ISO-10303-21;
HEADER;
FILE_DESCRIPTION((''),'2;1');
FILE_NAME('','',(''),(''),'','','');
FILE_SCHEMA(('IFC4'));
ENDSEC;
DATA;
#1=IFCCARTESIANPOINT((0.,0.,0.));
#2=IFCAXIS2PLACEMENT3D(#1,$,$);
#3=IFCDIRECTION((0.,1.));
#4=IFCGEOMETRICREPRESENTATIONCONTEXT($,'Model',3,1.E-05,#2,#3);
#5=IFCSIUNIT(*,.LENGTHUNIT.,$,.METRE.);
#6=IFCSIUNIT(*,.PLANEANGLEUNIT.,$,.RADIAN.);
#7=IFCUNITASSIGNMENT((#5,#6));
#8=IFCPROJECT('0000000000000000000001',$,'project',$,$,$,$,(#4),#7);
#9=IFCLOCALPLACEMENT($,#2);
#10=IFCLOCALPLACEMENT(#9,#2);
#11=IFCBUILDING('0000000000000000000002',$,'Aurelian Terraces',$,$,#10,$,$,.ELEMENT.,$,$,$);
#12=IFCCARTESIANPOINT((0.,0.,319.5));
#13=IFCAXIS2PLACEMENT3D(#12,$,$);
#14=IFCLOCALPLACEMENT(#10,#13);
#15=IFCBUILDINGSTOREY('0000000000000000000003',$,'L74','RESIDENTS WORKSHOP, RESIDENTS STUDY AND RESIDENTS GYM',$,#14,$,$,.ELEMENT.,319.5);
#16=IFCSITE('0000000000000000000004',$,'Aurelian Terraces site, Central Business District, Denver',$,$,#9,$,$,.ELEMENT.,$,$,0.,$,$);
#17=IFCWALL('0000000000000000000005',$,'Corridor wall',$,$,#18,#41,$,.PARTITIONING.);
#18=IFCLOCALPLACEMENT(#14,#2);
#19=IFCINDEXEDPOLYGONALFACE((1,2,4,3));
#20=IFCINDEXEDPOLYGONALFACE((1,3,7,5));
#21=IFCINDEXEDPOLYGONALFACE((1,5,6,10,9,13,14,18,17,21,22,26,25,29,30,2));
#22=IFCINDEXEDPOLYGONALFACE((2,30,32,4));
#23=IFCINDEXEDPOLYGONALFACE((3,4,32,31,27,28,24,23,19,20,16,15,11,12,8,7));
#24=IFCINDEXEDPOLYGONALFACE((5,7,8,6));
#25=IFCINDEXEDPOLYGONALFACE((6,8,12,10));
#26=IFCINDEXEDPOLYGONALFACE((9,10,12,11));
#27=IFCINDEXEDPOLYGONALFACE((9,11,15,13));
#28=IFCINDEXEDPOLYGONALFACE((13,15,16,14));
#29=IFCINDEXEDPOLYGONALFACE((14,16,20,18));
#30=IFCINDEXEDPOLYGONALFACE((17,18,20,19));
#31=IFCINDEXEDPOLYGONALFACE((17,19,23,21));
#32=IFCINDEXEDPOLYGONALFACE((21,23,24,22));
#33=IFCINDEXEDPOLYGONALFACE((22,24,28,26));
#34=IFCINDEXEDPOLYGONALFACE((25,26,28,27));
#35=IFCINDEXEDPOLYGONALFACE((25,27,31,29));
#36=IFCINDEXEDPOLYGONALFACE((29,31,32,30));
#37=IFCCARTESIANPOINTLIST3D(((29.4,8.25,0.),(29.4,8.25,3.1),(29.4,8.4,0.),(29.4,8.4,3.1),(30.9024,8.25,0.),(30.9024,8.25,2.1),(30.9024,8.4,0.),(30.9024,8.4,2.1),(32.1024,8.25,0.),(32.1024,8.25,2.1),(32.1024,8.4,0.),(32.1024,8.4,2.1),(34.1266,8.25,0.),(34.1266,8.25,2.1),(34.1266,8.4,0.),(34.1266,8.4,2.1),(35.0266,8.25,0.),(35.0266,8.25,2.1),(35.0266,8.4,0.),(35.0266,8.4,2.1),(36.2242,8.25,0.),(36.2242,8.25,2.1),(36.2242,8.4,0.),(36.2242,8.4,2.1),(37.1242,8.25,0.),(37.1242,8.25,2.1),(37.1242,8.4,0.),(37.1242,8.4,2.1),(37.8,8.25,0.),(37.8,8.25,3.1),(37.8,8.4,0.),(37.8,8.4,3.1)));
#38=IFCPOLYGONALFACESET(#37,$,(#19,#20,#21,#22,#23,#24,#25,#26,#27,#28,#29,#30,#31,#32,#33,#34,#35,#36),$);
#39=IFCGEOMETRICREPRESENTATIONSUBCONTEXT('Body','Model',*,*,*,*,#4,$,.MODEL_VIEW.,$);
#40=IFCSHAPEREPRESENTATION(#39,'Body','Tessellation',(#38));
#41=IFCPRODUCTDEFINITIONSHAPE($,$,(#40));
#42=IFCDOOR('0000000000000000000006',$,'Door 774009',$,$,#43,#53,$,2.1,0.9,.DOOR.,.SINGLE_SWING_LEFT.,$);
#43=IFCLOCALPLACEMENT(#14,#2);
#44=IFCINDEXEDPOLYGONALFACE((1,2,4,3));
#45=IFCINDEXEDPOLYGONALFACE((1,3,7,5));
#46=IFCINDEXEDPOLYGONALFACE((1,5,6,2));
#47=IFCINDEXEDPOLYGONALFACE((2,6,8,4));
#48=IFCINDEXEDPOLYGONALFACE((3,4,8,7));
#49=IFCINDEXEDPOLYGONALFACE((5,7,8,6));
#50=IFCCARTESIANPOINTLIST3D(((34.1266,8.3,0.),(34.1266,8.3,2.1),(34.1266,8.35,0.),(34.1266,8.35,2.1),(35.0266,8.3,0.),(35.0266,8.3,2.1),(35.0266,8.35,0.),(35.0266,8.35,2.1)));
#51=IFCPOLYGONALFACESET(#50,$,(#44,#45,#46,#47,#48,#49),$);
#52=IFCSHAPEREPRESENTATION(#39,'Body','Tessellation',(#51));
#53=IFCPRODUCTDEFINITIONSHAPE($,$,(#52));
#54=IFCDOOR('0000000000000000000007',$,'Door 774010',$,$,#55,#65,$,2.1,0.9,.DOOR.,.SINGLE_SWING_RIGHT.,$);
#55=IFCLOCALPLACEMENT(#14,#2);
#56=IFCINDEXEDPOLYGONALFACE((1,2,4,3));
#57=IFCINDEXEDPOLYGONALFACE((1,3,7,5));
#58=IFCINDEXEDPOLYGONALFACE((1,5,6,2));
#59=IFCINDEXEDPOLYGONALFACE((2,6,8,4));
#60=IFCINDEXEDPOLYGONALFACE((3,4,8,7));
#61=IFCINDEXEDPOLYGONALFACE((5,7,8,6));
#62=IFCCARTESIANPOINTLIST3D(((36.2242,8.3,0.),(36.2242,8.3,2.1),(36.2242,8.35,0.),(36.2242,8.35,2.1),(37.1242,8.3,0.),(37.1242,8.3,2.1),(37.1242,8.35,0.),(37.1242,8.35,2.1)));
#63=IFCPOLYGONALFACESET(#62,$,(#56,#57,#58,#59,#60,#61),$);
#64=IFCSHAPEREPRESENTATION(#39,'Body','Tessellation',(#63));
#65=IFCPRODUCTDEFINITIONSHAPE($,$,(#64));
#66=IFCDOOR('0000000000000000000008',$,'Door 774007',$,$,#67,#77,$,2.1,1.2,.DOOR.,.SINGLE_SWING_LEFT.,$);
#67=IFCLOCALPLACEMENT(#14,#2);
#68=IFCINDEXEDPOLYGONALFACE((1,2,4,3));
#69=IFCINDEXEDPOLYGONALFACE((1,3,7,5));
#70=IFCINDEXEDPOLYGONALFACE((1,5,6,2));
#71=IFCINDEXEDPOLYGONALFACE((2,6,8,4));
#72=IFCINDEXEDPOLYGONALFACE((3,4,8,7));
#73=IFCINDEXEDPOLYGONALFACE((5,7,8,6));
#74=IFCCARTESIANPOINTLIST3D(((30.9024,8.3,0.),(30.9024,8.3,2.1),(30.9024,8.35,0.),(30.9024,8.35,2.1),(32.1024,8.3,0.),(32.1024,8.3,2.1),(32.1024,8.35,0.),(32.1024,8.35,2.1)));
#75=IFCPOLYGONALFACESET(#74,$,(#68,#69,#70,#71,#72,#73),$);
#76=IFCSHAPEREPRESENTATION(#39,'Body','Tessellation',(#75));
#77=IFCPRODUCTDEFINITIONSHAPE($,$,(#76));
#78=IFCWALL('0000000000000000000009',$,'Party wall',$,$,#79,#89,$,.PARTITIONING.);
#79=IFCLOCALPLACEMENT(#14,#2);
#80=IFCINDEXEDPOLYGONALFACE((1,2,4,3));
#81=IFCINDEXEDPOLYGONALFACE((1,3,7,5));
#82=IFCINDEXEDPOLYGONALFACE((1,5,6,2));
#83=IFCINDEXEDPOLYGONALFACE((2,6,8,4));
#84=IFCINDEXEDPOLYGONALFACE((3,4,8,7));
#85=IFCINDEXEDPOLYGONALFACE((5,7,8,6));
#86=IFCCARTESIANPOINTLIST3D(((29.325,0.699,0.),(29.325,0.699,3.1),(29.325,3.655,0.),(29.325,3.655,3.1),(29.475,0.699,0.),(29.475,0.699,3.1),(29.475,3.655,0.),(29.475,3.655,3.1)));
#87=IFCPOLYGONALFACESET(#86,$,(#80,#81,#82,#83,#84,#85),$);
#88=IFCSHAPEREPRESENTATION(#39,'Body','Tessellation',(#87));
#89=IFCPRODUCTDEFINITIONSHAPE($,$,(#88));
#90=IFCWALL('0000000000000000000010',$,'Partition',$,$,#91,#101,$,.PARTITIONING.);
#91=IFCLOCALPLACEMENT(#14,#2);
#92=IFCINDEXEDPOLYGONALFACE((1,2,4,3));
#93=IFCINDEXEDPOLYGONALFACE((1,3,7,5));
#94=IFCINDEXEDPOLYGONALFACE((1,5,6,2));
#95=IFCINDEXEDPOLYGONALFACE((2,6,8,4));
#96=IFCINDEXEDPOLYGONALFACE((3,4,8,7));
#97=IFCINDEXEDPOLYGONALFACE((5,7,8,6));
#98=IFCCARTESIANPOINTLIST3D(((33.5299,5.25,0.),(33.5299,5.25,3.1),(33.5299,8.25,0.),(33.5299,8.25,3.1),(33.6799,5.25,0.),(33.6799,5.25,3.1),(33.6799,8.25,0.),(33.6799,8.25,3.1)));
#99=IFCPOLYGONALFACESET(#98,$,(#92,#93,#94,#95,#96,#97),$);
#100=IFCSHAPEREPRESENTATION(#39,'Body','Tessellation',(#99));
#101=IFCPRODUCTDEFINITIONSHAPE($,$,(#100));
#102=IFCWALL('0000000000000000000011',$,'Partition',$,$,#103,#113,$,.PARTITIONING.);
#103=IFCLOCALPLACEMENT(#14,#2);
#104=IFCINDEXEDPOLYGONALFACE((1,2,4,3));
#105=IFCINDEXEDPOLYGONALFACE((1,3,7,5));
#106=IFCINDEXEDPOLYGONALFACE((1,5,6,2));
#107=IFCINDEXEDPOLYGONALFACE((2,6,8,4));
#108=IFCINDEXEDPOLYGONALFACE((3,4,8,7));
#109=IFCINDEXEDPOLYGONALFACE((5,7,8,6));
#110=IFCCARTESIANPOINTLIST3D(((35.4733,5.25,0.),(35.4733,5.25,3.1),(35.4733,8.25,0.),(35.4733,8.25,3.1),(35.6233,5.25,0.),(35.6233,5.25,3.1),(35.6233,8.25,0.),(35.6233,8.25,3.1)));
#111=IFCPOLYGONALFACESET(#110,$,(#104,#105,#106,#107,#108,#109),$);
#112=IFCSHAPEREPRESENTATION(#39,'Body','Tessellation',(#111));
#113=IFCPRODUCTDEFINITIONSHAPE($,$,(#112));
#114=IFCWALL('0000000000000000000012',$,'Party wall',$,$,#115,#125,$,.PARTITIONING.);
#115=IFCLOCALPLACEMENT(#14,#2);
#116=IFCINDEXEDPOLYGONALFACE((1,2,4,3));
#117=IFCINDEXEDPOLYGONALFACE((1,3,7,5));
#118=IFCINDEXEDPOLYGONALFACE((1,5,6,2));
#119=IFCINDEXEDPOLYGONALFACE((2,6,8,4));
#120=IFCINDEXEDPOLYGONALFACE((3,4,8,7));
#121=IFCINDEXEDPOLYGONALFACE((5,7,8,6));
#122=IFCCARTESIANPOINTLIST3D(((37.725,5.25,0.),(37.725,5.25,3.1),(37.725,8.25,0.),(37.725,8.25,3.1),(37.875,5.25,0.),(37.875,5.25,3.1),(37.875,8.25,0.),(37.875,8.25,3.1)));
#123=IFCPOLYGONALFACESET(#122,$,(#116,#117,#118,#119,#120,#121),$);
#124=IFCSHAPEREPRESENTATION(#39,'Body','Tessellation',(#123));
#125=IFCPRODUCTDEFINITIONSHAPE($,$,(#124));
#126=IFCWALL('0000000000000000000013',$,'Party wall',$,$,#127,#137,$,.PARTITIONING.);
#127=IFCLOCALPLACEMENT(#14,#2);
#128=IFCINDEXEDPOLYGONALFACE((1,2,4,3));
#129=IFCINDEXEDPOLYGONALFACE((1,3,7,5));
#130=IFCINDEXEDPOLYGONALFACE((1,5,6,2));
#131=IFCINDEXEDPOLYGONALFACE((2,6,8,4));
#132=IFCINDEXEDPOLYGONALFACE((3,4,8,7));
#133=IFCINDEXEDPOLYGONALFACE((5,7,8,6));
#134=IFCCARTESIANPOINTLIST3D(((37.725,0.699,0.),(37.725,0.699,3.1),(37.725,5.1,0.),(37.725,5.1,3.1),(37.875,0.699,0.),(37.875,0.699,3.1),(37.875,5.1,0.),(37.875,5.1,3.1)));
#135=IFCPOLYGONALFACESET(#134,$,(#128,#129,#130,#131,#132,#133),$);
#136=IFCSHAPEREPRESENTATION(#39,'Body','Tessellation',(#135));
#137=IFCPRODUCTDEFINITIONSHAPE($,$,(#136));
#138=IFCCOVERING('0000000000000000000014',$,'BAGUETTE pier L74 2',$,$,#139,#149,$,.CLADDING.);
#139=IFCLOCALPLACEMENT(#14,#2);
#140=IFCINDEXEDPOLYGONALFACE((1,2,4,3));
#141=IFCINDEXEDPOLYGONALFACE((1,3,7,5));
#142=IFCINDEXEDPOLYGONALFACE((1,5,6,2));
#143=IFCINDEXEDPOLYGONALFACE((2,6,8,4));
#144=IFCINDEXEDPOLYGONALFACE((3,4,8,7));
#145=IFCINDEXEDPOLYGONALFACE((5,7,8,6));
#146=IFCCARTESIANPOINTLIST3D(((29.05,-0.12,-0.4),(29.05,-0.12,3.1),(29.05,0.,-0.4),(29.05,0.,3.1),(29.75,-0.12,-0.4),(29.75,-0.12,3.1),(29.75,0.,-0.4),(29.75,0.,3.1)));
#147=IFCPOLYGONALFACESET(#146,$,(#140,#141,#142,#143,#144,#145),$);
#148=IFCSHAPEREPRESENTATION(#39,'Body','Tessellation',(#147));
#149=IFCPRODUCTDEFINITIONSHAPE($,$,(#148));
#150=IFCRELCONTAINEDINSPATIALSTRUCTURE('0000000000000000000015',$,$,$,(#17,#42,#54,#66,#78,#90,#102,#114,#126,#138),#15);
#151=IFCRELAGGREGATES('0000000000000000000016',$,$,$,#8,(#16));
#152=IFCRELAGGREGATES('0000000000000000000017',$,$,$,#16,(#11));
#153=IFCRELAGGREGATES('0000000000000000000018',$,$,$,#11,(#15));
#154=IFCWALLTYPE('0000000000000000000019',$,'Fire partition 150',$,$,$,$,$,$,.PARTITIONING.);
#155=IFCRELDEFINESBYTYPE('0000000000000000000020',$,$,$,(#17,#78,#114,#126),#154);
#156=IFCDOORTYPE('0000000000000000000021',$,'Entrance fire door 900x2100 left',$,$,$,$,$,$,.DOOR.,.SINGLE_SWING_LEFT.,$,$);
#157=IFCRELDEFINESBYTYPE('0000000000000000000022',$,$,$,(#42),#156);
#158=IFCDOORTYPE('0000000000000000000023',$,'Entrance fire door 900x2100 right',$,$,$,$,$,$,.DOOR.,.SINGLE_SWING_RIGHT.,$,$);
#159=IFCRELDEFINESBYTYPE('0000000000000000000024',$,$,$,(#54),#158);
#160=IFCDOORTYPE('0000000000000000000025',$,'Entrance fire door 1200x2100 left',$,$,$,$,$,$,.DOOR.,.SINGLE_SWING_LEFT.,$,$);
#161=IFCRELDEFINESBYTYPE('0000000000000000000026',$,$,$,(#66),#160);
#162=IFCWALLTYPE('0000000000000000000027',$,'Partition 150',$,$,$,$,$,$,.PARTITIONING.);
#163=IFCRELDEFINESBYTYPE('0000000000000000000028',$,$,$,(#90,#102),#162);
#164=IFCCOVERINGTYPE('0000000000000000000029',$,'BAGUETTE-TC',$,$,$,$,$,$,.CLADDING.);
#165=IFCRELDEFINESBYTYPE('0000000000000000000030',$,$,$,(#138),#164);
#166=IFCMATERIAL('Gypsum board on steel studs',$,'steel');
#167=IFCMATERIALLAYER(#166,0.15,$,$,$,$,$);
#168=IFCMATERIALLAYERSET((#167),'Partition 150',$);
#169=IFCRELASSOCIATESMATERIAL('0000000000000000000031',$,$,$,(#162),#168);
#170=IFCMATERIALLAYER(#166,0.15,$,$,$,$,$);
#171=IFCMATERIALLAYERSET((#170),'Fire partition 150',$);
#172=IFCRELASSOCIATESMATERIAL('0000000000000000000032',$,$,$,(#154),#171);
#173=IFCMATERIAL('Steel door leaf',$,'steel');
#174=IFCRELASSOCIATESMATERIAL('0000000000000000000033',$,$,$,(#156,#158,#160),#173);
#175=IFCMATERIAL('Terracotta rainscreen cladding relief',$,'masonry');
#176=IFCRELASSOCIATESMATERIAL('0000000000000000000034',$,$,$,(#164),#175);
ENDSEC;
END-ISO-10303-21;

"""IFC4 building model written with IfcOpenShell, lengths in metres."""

from ifc_helpers import new_model, si_unit, direction, frame, frame_2d, origin, origin_2d, place, context, subcontext, project, spatial, rectangle, extrude, source, transform, mapped, material, layer, layer_set, type_object, element, fill, save


model = new_model("IFC4")

# Units and contexts
model_context = context("Model", 3, precision=1e-05, world=origin(), true_north=direction((0.0, 1.0)))
body_context = subcontext(model_context, "Body", "Model", "MODEL_VIEW")
ifc_project = project(units=[si_unit("LENGTHUNIT", "METRE"), si_unit("PLANEANGLEUNIT", "RADIAN")], contexts=[model_context])

# Site, building, storey
site_placement = place(None, origin())
site = spatial("IfcSite", under=ifc_project, at=site_placement, Name="Aurelian Terraces site, Central Business District, Denver", CompositionType="ELEMENT", RefElevation=0.0)
building_placement = place(site_placement, origin())
building = spatial("IfcBuilding", under=site, at=building_placement, Name="Aurelian Terraces", CompositionType="ELEMENT")
storey_placement = place(building_placement, frame((0.0, 0.0, 319.5)))
storey = spatial("IfcBuildingStorey", under=building, at=storey_placement, Name="L74", Description="RESIDENTS WORKSHOP, RESIDENTS STUDY AND RESIDENTS GYM", CompositionType="ELEMENT", Elevation=319.5)

# Shared definitions
ifc_material_1 = material(Name="Gypsum board on steel studs", Category="steel")
ifc_layer_1 = layer(ifc_material_1, 0.15)
ifc_layer_set_1 = layer_set([ifc_layer_1], Name="Partition 150")
wall_type_1 = type_object("IfcWallType", Name="Partition 150", PredefinedType="PARTITIONING", material=ifc_layer_set_1)

# Shared definitions
shared_shape_1 = source(origin(), body_context, "Body", "SweptSolid", [
    extrude(rectangle(XDim=8.4, YDim=0.15, at=frame_2d((4.2, 0.0))), origin(), (0.0, 0.0, 1.0), 3.1),
])
shared_shape_2 = source(origin(), body_context, "Body", "SweptSolid", [
    extrude(rectangle(XDim=1.2, YDim=2.1, at=frame_2d((0.6, 1.05))), frame((0.0, 0.085, 0.0), z_axis=(0.0, -1.0, 0.0), x_axis=(1.0, 0.0, 0.0)), (0.0, 0.0, 1.0), 0.17),
])
shared_shape_3 = source(origin(), body_context, "Body", "SweptSolid", [
    extrude(rectangle(XDim=1.2, YDim=2.1, at=frame_2d((0.6, 1.05))), frame((0.0, 0.025, 0.0), z_axis=(0.0, -1.0, 0.0), x_axis=(1.0, 0.0, 0.0)), (0.0, 0.0, 1.0), 0.05),
])

# Wall, openings, doors
ifc_layer_2 = layer(ifc_material_1, 0.15)
ifc_layer_set_2 = layer_set([ifc_layer_2], Name="Fire partition 150")
wall_type_2 = type_object("IfcWallType", Name="Fire partition 150", PredefinedType="PARTITIONING", material=ifc_layer_set_2)
wall_1_placement = place(storey_placement, frame((37.8, 8.325, 0.0), z_axis=(0.0, 0.0, 1.0), x_axis=(-1.0, 0.0, 0.0)))
wall_1 = element("IfcWall", 1, at=wall_1_placement, inside=storey, type_object=wall_type_2, Name="Corridor wall", PredefinedType="PARTITIONING", context=body_context, shape_type="MappedRepresentation", body=[
    mapped(shared_shape_1, transform((0.0, 0.0, 0.0), scale=1.0)),
])
opening_1_placement = place(wall_1_placement, frame((5.6976, 0.0, 0.0)))
opening_1 = element("IfcOpeningElement", 2, at=opening_1_placement, cuts=wall_1, PredefinedType="OPENING", context=body_context, shape_type="MappedRepresentation", body=[
    mapped(shared_shape_2, transform((0.0, 0.0, 0.0), scale=1.0)),
])
shared_shape_4 = source(origin(), body_context, "Body", "SweptSolid", [
    extrude(rectangle(XDim=0.9, YDim=2.1, at=frame_2d((0.45, 1.05))), frame((0.0, 0.085, 0.0), z_axis=(0.0, -1.0, 0.0), x_axis=(1.0, 0.0, 0.0)), (0.0, 0.0, 1.0), 0.17),
])
opening_2_placement = place(wall_1_placement, frame((2.7734, 0.0, 0.0)))
opening_2 = element("IfcOpeningElement", 3, at=opening_2_placement, cuts=wall_1, PredefinedType="OPENING", context=body_context, shape_type="MappedRepresentation", body=[
    mapped(shared_shape_4, transform((0.0, 0.0, 0.0), scale=1.0)),
])
opening_3_placement = place(wall_1_placement, frame((0.6758, 0.0, 0.0)))
opening_3 = element("IfcOpeningElement", 4, at=opening_3_placement, cuts=wall_1, PredefinedType="OPENING", context=body_context, shape_type="MappedRepresentation", body=[
    mapped(shared_shape_4, transform((0.0, 0.0, 0.0), scale=1.0)),
])
ifc_material_2 = material(Name="Steel door leaf", Category="steel")
door_type_1 = type_object("IfcDoorType", Name="Entrance fire door 900x2100 left", OperationType="SINGLE_SWING_LEFT", PredefinedType="DOOR", material=ifc_material_2)
shared_shape_5 = source(origin(), body_context, "Body", "SweptSolid", [
    extrude(rectangle(XDim=0.9, YDim=2.1, at=frame_2d((0.45, 1.05))), frame((0.0, 0.025, 0.0), z_axis=(0.0, -1.0, 0.0), x_axis=(1.0, 0.0, 0.0)), (0.0, 0.0, 1.0), 0.05),
])
door_1_placement = place(opening_2_placement, origin())
door_1 = element("IfcDoor", 5, at=door_1_placement, inside=storey, type_object=door_type_1, Name="Door 774009", OperationType="SINGLE_SWING_LEFT", OverallHeight=2.1, OverallWidth=0.9, PredefinedType="DOOR", context=body_context, shape_type="MappedRepresentation", body=[
    mapped(shared_shape_5, transform((0.0, 0.0, 0.0), scale=1.0)),
])
fill(opening_2, door_1)
door_type_2 = type_object("IfcDoorType", Name="Entrance fire door 900x2100 right", OperationType="SINGLE_SWING_RIGHT", PredefinedType="DOOR", material=ifc_material_2)
door_2_placement = place(opening_3_placement, origin())
door_2 = element("IfcDoor", 6, at=door_2_placement, inside=storey, type_object=door_type_2, Name="Door 774010", OperationType="SINGLE_SWING_RIGHT", OverallHeight=2.1, OverallWidth=0.9, PredefinedType="DOOR", context=body_context, shape_type="MappedRepresentation", body=[
    mapped(shared_shape_5, transform((0.0, 0.0, 0.0), scale=1.0)),
])
fill(opening_3, door_2)
door_type_3 = type_object("IfcDoorType", Name="Entrance fire door 1200x2100 left", OperationType="SINGLE_SWING_LEFT", PredefinedType="DOOR", material=ifc_material_2)
door_3_placement = place(opening_1_placement, origin())
door_3 = element("IfcDoor", 7, at=door_3_placement, inside=storey, type_object=door_type_3, Name="Door 774007", OperationType="SINGLE_SWING_LEFT", OverallHeight=2.1, OverallWidth=1.2, PredefinedType="DOOR", context=body_context, shape_type="MappedRepresentation", body=[
    mapped(shared_shape_3, transform((0.0, 0.0, 0.0), scale=1.0)),
])
fill(opening_1, door_3)

# Walls
shared_shape_6 = source(origin(), body_context, "Body", "SweptSolid", [
    extrude(rectangle(XDim=2.956, YDim=0.15, at=frame_2d((1.478, 0.0))), origin(), (0.0, 0.0, 1.0), 3.1),
])
wall_2_placement = place(storey_placement, frame((29.4, 0.699, 0.0), z_axis=(0.0, 0.0, 1.0), x_axis=(0.0, 1.0, 0.0)))
element("IfcWall", 8, at=wall_2_placement, inside=storey, type_object=wall_type_2, Name="Party wall", PredefinedType="PARTITIONING", context=body_context, shape_type="MappedRepresentation", body=[
    mapped(shared_shape_6, transform((0.0, 0.0, 0.0), scale=1.0)),
])
shared_shape_7 = source(origin(), body_context, "Body", "SweptSolid", [
    extrude(rectangle(XDim=3.0, YDim=0.15, at=frame_2d((1.5, 0.0))), origin(), (0.0, 0.0, 1.0), 3.1),
])
for number, where, z_axis, x_axis, name in (
    (9, (33.6049, 5.25, 0.0), (0.0, 0.0, 1.0), (0.0, 1.0, 0.0), "Partition"),
    (10, (35.5483, 5.25, 0.0), (0.0, 0.0, 1.0), (0.0, 1.0, 0.0), "Partition"),
):
    element("IfcWall", number, at=place(storey_placement, frame(where, z_axis=z_axis, x_axis=x_axis)), inside=storey, type_object=wall_type_1, Name=name, PredefinedType="PARTITIONING", context=body_context, shape_type="MappedRepresentation", body=[
        mapped(shared_shape_7, transform((0.0, 0.0, 0.0), scale=1.0)),
    ])
wall_3_placement = place(storey_placement, frame((37.8, 5.25, 0.0), z_axis=(0.0, 0.0, 1.0), x_axis=(0.0, 1.0, 0.0)))
element("IfcWall", 11, at=wall_3_placement, inside=storey, type_object=wall_type_2, Name="Party wall", PredefinedType="PARTITIONING", context=body_context, shape_type="MappedRepresentation", body=[
    mapped(shared_shape_7, transform((0.0, 0.0, 0.0), scale=1.0)),
])
shared_shape_8 = source(origin(), body_context, "Body", "SweptSolid", [
    extrude(rectangle(XDim=4.401, YDim=0.15, at=frame_2d((2.2005, 0.0))), origin(), (0.0, 0.0, 1.0), 3.1),
])
wall_4_placement = place(storey_placement, frame((37.8, 0.699, 0.0), z_axis=(0.0, 0.0, 1.0), x_axis=(0.0, 1.0, 0.0)))
element("IfcWall", 12, at=wall_4_placement, inside=storey, type_object=wall_type_2, Name="Party wall", PredefinedType="PARTITIONING", context=body_context, shape_type="MappedRepresentation", body=[
    mapped(shared_shape_8, transform((0.0, 0.0, 0.0), scale=1.0)),
])

# Covering
ifc_material_3 = material(Name="Terracotta rainscreen cladding relief", Category="masonry")
covering_type = type_object("IfcCoveringType", Name="BAGUETTE-TC", PredefinedType="CLADDING", material=ifc_material_3)
shared_shape_9 = source(origin(), body_context, "Body", "SweptSolid", [
    extrude(rectangle(XDim=0.7, YDim=0.12, at=origin_2d()), origin(), (0.0, 0.0, 1.0), 3.5),
])
covering_placement = place(storey_placement, frame((29.4, -0.06, -0.4), z_axis=(0.0, 0.0, 1.0), x_axis=(1.0, 0.0, 0.0)))
element("IfcCovering", 13, at=covering_placement, inside=storey, type_object=covering_type, Name="BAGUETTE pier L74 2", PredefinedType="CLADDING", context=body_context, shape_type="MappedRepresentation", body=[
    mapped(shared_shape_9, transform((0.0, 0.0, 0.0), scale=1.0)),
])

save(model, "model.ifc")
